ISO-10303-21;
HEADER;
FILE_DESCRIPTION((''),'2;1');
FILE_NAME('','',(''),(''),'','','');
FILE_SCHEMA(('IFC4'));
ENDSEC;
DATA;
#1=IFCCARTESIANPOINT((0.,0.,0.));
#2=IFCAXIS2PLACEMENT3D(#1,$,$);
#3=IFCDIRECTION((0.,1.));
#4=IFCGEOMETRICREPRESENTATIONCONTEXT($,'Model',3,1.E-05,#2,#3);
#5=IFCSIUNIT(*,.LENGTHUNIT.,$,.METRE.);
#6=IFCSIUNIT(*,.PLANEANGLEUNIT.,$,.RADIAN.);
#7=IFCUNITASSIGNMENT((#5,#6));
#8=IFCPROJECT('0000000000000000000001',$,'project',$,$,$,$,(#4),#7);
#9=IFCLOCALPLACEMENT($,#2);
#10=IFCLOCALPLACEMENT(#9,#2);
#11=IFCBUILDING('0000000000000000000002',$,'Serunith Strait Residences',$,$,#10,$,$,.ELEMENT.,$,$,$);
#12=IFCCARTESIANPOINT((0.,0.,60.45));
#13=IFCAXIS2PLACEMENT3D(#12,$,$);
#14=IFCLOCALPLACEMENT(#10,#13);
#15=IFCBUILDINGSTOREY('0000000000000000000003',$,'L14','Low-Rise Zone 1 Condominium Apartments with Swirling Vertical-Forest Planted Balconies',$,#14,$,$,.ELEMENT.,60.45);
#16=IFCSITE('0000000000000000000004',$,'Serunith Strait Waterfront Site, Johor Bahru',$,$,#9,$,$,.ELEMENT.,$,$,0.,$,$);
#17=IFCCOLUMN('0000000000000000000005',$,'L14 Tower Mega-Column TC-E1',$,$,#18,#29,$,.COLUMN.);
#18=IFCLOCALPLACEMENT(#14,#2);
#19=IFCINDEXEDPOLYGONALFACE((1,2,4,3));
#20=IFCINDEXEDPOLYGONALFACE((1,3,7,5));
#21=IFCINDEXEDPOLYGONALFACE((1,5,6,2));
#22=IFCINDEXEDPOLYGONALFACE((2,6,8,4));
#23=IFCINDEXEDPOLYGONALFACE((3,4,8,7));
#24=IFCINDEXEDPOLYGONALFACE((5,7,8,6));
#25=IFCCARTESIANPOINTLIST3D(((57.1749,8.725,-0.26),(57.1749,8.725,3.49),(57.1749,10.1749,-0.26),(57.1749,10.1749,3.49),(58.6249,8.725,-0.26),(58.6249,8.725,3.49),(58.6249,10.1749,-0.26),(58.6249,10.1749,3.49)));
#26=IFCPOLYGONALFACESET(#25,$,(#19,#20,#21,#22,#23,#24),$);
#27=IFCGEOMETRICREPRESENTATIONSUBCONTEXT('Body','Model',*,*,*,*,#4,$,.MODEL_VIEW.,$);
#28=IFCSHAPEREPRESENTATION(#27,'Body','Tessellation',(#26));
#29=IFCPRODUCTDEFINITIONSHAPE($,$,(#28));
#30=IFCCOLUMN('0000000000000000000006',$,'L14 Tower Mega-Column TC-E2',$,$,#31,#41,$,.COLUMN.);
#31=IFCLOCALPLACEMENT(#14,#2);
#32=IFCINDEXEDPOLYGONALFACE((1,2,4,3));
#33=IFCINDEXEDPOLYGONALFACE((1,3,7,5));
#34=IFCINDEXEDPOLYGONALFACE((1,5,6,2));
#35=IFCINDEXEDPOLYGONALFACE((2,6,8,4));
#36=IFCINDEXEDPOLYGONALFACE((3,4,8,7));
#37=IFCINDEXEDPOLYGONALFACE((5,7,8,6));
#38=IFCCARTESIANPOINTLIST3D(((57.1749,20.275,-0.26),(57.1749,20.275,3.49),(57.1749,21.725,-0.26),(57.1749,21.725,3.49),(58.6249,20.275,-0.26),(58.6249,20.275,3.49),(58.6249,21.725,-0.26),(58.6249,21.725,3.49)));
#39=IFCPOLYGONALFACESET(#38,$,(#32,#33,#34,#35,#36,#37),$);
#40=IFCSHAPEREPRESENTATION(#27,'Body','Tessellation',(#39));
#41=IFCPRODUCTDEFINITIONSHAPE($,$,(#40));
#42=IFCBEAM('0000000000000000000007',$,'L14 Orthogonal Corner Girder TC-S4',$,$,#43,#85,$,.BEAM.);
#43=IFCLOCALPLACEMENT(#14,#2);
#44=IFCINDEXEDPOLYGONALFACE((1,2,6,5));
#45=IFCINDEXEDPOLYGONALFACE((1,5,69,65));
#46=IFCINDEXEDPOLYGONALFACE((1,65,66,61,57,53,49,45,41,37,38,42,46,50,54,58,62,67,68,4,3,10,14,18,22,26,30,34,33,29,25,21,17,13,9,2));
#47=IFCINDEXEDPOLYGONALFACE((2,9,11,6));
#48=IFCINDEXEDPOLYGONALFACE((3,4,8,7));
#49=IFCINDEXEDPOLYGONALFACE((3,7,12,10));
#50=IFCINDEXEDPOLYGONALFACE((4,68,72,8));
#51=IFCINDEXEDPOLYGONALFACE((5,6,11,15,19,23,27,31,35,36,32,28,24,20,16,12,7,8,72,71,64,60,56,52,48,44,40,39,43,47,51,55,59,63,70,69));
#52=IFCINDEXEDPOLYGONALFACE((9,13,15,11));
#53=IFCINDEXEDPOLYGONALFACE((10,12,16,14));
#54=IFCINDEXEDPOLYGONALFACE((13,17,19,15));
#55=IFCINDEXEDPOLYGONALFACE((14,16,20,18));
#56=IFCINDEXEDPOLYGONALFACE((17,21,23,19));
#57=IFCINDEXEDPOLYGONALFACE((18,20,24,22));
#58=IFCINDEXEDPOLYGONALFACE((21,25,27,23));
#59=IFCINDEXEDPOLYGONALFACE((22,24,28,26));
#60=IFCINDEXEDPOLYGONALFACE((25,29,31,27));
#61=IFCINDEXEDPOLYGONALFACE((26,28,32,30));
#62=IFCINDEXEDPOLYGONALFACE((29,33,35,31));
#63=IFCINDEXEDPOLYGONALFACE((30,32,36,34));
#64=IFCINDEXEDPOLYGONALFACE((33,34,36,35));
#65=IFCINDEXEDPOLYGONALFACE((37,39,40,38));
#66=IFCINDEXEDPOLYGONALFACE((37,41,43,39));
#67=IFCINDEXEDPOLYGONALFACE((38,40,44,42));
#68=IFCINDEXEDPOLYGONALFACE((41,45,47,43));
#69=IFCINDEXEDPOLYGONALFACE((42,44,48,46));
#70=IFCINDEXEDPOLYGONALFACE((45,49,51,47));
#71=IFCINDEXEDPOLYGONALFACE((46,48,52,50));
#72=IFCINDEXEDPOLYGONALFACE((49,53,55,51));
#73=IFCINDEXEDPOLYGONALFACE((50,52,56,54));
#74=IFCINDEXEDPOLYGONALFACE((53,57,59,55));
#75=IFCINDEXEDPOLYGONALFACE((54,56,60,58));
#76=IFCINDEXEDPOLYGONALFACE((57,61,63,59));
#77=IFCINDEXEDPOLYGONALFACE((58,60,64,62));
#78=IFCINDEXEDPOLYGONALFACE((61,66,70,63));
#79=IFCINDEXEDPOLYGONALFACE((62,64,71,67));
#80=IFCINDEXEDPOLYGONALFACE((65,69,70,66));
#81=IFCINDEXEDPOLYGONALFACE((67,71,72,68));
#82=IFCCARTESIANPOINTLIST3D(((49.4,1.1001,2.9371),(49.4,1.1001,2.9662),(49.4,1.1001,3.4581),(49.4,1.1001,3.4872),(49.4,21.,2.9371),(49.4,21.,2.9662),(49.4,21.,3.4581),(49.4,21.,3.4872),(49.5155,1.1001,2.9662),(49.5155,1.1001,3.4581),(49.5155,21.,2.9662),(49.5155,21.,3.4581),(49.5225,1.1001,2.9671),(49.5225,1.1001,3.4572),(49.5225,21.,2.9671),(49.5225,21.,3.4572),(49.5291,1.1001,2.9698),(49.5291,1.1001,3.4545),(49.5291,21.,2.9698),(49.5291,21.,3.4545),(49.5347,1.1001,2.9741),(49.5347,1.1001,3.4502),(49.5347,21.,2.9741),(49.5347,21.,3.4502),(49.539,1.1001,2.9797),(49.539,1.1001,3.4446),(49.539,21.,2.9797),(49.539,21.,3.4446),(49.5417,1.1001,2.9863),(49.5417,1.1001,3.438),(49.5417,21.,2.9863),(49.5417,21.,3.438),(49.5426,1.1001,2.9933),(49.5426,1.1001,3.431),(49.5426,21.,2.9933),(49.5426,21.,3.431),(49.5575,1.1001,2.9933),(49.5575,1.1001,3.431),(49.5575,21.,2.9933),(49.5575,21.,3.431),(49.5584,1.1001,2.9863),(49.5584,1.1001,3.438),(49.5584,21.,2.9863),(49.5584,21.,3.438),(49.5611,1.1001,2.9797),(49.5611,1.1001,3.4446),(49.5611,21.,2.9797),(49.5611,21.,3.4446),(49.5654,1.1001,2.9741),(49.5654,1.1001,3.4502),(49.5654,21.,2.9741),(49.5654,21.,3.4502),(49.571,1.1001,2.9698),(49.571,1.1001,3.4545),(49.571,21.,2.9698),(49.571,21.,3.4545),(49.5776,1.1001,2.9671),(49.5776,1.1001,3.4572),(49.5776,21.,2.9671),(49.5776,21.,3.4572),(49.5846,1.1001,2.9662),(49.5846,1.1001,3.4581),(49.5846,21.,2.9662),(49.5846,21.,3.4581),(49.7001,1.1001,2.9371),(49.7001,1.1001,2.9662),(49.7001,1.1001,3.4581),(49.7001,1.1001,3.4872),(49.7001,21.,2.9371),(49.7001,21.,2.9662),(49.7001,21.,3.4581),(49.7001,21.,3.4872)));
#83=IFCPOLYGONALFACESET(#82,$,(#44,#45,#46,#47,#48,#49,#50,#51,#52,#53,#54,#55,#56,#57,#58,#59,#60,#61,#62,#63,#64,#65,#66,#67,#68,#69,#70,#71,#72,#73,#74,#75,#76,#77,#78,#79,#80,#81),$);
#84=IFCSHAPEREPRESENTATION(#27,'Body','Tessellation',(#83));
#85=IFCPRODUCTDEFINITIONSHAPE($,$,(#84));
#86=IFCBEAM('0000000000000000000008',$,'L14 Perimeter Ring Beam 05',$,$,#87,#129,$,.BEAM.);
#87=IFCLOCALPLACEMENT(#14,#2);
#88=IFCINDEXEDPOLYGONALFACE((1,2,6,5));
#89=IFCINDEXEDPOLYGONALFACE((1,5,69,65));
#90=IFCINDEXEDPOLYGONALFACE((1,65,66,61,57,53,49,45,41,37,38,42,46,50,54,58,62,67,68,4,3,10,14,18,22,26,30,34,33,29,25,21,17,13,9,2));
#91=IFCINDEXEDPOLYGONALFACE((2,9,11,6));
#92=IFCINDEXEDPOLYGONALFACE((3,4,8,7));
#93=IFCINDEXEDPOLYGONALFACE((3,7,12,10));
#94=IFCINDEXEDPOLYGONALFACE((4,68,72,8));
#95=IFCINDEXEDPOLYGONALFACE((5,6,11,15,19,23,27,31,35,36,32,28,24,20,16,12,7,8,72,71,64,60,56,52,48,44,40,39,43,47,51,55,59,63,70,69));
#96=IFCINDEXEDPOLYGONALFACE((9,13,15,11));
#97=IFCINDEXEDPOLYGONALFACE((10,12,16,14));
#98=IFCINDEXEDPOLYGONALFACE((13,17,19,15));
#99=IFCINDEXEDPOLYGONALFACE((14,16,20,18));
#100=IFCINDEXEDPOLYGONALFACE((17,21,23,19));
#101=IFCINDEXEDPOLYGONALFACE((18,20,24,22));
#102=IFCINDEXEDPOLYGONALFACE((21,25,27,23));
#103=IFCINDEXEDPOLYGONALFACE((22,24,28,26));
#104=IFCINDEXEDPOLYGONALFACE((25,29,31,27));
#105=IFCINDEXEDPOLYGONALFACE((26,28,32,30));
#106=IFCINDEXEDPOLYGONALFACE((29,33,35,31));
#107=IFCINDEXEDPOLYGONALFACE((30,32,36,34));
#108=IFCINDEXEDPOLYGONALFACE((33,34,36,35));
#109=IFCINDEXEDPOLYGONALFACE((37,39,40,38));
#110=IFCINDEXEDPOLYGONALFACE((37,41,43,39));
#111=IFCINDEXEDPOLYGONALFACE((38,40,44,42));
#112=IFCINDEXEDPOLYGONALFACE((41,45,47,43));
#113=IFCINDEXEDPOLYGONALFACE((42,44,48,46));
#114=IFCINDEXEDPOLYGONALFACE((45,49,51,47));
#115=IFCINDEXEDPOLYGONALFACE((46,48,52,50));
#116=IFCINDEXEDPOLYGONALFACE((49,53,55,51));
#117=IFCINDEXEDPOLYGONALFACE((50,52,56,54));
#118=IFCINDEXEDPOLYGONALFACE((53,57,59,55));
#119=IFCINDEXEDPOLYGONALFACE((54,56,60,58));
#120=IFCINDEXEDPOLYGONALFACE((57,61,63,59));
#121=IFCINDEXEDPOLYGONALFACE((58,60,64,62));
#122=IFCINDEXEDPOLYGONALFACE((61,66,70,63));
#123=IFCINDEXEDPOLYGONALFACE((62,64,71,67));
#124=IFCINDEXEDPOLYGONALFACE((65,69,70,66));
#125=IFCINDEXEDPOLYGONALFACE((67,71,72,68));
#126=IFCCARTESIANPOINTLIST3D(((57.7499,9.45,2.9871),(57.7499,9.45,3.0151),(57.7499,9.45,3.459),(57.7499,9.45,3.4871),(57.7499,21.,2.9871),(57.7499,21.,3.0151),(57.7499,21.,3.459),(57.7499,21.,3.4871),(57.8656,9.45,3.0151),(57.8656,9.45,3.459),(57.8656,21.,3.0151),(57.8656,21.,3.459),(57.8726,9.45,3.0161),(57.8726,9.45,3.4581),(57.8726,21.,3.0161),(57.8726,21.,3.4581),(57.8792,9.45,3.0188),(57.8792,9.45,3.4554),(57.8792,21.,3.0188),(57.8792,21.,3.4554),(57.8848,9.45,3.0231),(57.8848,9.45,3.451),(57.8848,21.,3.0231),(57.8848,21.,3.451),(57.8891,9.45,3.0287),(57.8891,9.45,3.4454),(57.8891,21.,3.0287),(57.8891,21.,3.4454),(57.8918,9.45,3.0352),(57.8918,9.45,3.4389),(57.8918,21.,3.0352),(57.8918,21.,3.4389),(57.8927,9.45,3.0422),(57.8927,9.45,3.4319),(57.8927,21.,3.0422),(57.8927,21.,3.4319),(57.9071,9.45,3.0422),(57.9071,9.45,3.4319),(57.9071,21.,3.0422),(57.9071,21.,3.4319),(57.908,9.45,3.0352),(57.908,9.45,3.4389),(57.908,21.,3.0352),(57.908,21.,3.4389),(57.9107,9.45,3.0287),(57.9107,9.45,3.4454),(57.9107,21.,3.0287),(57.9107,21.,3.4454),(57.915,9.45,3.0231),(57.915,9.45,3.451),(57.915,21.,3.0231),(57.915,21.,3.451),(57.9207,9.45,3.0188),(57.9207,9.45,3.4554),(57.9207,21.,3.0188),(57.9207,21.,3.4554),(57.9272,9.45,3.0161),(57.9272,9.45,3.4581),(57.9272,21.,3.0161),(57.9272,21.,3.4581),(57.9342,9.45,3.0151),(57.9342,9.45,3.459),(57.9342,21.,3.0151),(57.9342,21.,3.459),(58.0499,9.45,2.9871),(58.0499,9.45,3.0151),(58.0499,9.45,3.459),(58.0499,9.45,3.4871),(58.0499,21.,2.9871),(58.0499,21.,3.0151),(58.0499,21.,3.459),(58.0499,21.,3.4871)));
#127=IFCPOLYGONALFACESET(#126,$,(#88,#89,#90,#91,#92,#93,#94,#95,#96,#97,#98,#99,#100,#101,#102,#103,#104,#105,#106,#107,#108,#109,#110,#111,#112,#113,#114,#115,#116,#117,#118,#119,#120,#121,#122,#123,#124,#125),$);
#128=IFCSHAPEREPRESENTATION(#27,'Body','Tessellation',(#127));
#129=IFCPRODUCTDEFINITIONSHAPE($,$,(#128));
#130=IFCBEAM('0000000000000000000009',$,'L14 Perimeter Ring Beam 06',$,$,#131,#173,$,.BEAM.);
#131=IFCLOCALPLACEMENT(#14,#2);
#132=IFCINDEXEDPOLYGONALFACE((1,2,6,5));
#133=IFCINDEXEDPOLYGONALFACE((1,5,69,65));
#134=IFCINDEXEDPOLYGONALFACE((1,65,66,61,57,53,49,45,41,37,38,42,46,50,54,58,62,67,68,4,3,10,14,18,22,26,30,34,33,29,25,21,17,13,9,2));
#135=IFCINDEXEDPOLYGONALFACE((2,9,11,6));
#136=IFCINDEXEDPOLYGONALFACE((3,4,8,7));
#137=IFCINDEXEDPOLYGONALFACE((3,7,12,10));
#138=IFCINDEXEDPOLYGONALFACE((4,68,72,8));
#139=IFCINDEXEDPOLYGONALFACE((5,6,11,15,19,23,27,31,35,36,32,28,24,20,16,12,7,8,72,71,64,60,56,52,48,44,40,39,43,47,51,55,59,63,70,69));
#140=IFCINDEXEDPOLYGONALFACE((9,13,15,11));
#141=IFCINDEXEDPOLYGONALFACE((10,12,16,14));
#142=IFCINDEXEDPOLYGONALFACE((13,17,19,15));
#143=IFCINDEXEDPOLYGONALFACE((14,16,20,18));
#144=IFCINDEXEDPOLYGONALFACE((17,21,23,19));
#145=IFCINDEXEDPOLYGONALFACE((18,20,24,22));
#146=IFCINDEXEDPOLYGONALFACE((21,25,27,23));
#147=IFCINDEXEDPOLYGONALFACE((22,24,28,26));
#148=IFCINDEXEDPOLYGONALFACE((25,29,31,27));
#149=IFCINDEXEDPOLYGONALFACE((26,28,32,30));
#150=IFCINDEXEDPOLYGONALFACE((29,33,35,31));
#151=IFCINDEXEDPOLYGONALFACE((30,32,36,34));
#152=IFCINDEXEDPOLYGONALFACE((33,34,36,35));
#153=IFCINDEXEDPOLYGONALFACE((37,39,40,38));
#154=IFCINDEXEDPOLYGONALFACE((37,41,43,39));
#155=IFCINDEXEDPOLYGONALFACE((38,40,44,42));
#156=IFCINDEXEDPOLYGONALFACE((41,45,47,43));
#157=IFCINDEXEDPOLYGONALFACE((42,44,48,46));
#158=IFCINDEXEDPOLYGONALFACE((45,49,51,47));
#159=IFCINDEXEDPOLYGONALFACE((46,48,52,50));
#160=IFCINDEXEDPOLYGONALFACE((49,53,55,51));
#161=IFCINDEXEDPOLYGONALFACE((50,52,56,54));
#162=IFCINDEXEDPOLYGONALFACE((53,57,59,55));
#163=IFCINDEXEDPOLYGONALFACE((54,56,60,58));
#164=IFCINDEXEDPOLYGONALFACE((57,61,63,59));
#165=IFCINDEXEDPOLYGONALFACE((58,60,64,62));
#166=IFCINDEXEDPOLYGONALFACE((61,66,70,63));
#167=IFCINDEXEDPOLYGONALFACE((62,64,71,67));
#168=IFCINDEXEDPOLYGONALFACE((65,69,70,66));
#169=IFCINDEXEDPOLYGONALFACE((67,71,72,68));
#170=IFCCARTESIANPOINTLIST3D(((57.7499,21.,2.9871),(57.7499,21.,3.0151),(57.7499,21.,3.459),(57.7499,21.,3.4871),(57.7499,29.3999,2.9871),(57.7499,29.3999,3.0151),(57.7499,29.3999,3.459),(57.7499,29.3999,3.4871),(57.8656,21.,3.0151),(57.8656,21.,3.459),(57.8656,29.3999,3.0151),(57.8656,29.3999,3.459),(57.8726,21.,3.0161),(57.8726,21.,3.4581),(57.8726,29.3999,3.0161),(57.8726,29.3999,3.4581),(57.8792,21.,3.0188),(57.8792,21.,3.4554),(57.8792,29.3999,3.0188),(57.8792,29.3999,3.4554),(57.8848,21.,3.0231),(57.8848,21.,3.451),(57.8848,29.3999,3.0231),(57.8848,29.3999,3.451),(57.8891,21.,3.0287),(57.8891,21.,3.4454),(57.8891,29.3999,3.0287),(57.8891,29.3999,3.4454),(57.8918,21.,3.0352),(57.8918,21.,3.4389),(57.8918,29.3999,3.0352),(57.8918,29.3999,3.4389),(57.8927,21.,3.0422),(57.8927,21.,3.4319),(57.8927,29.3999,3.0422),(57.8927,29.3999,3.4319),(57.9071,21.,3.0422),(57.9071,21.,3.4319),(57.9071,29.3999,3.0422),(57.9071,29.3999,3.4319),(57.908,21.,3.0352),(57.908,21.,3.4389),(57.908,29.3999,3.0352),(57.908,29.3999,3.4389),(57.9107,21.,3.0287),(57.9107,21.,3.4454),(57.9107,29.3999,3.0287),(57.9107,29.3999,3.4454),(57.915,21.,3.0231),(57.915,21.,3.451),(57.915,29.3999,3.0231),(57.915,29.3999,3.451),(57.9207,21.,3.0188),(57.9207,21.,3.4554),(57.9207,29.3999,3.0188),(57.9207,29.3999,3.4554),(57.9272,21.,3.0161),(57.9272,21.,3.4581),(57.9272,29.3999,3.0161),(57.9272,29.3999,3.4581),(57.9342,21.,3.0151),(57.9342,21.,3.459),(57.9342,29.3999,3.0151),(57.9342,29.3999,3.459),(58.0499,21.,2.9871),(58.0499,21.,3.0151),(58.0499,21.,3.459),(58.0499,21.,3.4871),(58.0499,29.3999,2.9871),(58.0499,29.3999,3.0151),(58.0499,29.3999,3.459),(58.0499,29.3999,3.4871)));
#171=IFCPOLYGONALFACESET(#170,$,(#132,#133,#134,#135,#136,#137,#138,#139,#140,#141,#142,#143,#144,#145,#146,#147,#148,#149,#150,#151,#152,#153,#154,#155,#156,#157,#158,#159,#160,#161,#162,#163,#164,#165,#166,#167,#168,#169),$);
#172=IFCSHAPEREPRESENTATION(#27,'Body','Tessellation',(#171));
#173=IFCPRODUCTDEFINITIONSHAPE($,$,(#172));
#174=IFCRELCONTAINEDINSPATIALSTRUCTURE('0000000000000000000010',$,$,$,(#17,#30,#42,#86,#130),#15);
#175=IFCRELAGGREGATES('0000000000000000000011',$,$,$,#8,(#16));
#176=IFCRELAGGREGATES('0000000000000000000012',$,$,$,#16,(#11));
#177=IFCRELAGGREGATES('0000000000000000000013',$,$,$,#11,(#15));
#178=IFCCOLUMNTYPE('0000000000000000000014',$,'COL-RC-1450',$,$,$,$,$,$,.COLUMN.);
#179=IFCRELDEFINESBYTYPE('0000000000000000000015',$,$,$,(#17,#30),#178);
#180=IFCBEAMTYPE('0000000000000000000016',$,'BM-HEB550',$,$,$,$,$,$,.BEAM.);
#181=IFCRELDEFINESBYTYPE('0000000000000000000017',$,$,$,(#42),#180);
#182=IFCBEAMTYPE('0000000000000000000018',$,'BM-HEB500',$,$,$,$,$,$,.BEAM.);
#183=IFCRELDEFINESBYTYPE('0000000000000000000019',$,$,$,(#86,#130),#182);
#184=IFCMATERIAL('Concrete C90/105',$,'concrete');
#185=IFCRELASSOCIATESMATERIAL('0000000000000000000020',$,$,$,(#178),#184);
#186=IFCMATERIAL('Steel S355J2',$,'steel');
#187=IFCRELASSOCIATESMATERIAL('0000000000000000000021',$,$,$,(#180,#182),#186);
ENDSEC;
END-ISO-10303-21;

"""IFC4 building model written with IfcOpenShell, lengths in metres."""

from ifc_helpers import new_model, si_unit, direction, frame, origin, origin_2d, place, context, subcontext, project, spatial, rectangle, i_section, extrude, source, transform, mapped, material, material_profile, profile_set, type_object, element, save


model = new_model("IFC4")

# Units and contexts
model_context = context("Model", 3, precision=1e-05, world=origin(), true_north=direction((0.0, 1.0)))
body_context = subcontext(model_context, "Body", "Model", "MODEL_VIEW")
ifc_project = project(units=[si_unit("LENGTHUNIT", "METRE"), si_unit("PLANEANGLEUNIT", "RADIAN")], contexts=[model_context])

# Site, building, storey
site_placement = place(None, origin())
site = spatial("IfcSite", under=ifc_project, at=site_placement, Name="Serunith Strait Waterfront Site, Johor Bahru", CompositionType="ELEMENT", RefElevation=0.0)
building_placement = place(site_placement, origin())
building = spatial("IfcBuilding", under=site, at=building_placement, Name="Serunith Strait Residences", CompositionType="ELEMENT")
storey_placement = place(building_placement, frame((0.0, 0.0, 60.45)))
storey = spatial("IfcBuildingStorey", under=building, at=storey_placement, Name="L14", Description="Low-Rise Zone 1 Condominium Apartments with Swirling Vertical-Forest Planted Balconies", CompositionType="ELEMENT", Elevation=60.45)

# Columns
ifc_material_1 = material(Name="Concrete C90/105", Category="concrete")
ifc_material_profile_1 = material_profile(ifc_material_1, rectangle(XDim=1.45, YDim=1.45, at=origin_2d()), Name="RC 1450x1450")
ifc_profile_set_1 = profile_set([ifc_material_profile_1], Name="Concrete C90/105")
column_type = type_object("IfcColumnType", Name="COL-RC-1450", PredefinedType="COLUMN", material=ifc_profile_set_1)
shared_shape_1 = source(origin(), body_context, "Body", "SweptSolid", [
    extrude(rectangle(XDim=1.45, YDim=1.45, at=origin_2d()), origin(), (0.0, 0.0, 1.0), 3.75),
])
for number, where, z_axis, x_axis, name in (
    (1, (57.8999, 9.45, -0.26), (0.0, 0.0, 1.0), (1.0, 0.0, 0.0), "L14 Tower Mega-Column TC-E1"),
    (2, (57.8999, 21.0, -0.26), (0.0, 0.0, 1.0), (1.0, 0.0, 0.0), "L14 Tower Mega-Column TC-E2"),
):
    element("IfcColumn", number, at=place(storey_placement, frame(where, z_axis=z_axis, x_axis=x_axis)), inside=storey, type_object=column_type, Name=name, PredefinedType="COLUMN", context=body_context, shape_type="MappedRepresentation", body=[
        mapped(shared_shape_1, transform((0.0, 0.0, 0.0), scale=1.0)),
    ])

# Beams
ifc_material_2 = material(Name="Steel S355J2", Category="steel")
ifc_material_profile_2 = material_profile(ifc_material_2, i_section(OverallWidth=0.3, OverallDepth=0.55, WebThickness=0.0149, FlangeThickness=0.0291, FilletRadius=0.0271, at=origin_2d()), Name="HEB 550")
ifc_profile_set_2 = profile_set([ifc_material_profile_2], Name="Steel S355J2")
beam_type_1 = type_object("IfcBeamType", Name="BM-HEB550", PredefinedType="BEAM", material=ifc_profile_set_2)
shared_shape_2 = source(origin(), body_context, "Body", "SweptSolid", [
    extrude(i_section(OverallWidth=0.3, OverallDepth=0.55, WebThickness=0.0149, FlangeThickness=0.0291, FilletRadius=0.0271, at=origin_2d()), origin(), (0.0, 0.0, 1.0), 19.8999),
])
beam_1_placement = place(storey_placement, frame((49.55, 21.0, 3.2122), z_axis=(0.0, -1.0, 0.0), x_axis=(1.0, 0.0, 0.0)))
element("IfcBeam", 3, at=beam_1_placement, inside=storey, type_object=beam_type_1, Name="L14 Orthogonal Corner Girder TC-S4", PredefinedType="BEAM", context=body_context, shape_type="MappedRepresentation", body=[
    mapped(shared_shape_2, transform((0.0, 0.0, 0.0), scale=1.0)),
])
ifc_material_profile_3 = material_profile(ifc_material_2, i_section(OverallWidth=0.3, OverallDepth=0.5, WebThickness=0.0144, FlangeThickness=0.0281, FilletRadius=0.0271, at=origin_2d()), Name="HEB 500")
ifc_profile_set_3 = profile_set([ifc_material_profile_3], Name="Steel S355J2")
beam_type_2 = type_object("IfcBeamType", Name="BM-HEB500", PredefinedType="BEAM", material=ifc_profile_set_3)
shared_shape_3 = source(origin(), body_context, "Body", "SweptSolid", [
    extrude(i_section(OverallWidth=0.3, OverallDepth=0.5, WebThickness=0.0144, FlangeThickness=0.0281, FilletRadius=0.0271, at=origin_2d()), origin(), (0.0, 0.0, 1.0), 11.55),
])
beam_2_placement = place(storey_placement, frame((57.8999, 9.45, 3.2371), z_axis=(0.0, 1.0, 0.0), x_axis=(-1.0, 0.0, 0.0)))
element("IfcBeam", 4, at=beam_2_placement, inside=storey, type_object=beam_type_2, Name="L14 Perimeter Ring Beam 05", PredefinedType="BEAM", context=body_context, shape_type="MappedRepresentation", body=[
    mapped(shared_shape_3, transform((0.0, 0.0, 0.0), scale=1.0)),
])
shared_shape_4 = source(origin(), body_context, "Body", "SweptSolid", [
    extrude(i_section(OverallWidth=0.3, OverallDepth=0.5, WebThickness=0.0144, FlangeThickness=0.0281, FilletRadius=0.0271, at=origin_2d()), origin(), (0.0, 0.0, 1.0), 8.3999),
])
beam_3_placement = place(storey_placement, frame((57.8999, 21.0, 3.2371), z_axis=(0.0, 1.0, 0.0), x_axis=(-1.0, 0.0, 0.0)))
element("IfcBeam", 5, at=beam_3_placement, inside=storey, type_object=beam_type_2, Name="L14 Perimeter Ring Beam 06", PredefinedType="BEAM", context=body_context, shape_type="MappedRepresentation", body=[
    mapped(shared_shape_4, transform((0.0, 0.0, 0.0), scale=1.0)),
])

save(model, "model.ifc")
